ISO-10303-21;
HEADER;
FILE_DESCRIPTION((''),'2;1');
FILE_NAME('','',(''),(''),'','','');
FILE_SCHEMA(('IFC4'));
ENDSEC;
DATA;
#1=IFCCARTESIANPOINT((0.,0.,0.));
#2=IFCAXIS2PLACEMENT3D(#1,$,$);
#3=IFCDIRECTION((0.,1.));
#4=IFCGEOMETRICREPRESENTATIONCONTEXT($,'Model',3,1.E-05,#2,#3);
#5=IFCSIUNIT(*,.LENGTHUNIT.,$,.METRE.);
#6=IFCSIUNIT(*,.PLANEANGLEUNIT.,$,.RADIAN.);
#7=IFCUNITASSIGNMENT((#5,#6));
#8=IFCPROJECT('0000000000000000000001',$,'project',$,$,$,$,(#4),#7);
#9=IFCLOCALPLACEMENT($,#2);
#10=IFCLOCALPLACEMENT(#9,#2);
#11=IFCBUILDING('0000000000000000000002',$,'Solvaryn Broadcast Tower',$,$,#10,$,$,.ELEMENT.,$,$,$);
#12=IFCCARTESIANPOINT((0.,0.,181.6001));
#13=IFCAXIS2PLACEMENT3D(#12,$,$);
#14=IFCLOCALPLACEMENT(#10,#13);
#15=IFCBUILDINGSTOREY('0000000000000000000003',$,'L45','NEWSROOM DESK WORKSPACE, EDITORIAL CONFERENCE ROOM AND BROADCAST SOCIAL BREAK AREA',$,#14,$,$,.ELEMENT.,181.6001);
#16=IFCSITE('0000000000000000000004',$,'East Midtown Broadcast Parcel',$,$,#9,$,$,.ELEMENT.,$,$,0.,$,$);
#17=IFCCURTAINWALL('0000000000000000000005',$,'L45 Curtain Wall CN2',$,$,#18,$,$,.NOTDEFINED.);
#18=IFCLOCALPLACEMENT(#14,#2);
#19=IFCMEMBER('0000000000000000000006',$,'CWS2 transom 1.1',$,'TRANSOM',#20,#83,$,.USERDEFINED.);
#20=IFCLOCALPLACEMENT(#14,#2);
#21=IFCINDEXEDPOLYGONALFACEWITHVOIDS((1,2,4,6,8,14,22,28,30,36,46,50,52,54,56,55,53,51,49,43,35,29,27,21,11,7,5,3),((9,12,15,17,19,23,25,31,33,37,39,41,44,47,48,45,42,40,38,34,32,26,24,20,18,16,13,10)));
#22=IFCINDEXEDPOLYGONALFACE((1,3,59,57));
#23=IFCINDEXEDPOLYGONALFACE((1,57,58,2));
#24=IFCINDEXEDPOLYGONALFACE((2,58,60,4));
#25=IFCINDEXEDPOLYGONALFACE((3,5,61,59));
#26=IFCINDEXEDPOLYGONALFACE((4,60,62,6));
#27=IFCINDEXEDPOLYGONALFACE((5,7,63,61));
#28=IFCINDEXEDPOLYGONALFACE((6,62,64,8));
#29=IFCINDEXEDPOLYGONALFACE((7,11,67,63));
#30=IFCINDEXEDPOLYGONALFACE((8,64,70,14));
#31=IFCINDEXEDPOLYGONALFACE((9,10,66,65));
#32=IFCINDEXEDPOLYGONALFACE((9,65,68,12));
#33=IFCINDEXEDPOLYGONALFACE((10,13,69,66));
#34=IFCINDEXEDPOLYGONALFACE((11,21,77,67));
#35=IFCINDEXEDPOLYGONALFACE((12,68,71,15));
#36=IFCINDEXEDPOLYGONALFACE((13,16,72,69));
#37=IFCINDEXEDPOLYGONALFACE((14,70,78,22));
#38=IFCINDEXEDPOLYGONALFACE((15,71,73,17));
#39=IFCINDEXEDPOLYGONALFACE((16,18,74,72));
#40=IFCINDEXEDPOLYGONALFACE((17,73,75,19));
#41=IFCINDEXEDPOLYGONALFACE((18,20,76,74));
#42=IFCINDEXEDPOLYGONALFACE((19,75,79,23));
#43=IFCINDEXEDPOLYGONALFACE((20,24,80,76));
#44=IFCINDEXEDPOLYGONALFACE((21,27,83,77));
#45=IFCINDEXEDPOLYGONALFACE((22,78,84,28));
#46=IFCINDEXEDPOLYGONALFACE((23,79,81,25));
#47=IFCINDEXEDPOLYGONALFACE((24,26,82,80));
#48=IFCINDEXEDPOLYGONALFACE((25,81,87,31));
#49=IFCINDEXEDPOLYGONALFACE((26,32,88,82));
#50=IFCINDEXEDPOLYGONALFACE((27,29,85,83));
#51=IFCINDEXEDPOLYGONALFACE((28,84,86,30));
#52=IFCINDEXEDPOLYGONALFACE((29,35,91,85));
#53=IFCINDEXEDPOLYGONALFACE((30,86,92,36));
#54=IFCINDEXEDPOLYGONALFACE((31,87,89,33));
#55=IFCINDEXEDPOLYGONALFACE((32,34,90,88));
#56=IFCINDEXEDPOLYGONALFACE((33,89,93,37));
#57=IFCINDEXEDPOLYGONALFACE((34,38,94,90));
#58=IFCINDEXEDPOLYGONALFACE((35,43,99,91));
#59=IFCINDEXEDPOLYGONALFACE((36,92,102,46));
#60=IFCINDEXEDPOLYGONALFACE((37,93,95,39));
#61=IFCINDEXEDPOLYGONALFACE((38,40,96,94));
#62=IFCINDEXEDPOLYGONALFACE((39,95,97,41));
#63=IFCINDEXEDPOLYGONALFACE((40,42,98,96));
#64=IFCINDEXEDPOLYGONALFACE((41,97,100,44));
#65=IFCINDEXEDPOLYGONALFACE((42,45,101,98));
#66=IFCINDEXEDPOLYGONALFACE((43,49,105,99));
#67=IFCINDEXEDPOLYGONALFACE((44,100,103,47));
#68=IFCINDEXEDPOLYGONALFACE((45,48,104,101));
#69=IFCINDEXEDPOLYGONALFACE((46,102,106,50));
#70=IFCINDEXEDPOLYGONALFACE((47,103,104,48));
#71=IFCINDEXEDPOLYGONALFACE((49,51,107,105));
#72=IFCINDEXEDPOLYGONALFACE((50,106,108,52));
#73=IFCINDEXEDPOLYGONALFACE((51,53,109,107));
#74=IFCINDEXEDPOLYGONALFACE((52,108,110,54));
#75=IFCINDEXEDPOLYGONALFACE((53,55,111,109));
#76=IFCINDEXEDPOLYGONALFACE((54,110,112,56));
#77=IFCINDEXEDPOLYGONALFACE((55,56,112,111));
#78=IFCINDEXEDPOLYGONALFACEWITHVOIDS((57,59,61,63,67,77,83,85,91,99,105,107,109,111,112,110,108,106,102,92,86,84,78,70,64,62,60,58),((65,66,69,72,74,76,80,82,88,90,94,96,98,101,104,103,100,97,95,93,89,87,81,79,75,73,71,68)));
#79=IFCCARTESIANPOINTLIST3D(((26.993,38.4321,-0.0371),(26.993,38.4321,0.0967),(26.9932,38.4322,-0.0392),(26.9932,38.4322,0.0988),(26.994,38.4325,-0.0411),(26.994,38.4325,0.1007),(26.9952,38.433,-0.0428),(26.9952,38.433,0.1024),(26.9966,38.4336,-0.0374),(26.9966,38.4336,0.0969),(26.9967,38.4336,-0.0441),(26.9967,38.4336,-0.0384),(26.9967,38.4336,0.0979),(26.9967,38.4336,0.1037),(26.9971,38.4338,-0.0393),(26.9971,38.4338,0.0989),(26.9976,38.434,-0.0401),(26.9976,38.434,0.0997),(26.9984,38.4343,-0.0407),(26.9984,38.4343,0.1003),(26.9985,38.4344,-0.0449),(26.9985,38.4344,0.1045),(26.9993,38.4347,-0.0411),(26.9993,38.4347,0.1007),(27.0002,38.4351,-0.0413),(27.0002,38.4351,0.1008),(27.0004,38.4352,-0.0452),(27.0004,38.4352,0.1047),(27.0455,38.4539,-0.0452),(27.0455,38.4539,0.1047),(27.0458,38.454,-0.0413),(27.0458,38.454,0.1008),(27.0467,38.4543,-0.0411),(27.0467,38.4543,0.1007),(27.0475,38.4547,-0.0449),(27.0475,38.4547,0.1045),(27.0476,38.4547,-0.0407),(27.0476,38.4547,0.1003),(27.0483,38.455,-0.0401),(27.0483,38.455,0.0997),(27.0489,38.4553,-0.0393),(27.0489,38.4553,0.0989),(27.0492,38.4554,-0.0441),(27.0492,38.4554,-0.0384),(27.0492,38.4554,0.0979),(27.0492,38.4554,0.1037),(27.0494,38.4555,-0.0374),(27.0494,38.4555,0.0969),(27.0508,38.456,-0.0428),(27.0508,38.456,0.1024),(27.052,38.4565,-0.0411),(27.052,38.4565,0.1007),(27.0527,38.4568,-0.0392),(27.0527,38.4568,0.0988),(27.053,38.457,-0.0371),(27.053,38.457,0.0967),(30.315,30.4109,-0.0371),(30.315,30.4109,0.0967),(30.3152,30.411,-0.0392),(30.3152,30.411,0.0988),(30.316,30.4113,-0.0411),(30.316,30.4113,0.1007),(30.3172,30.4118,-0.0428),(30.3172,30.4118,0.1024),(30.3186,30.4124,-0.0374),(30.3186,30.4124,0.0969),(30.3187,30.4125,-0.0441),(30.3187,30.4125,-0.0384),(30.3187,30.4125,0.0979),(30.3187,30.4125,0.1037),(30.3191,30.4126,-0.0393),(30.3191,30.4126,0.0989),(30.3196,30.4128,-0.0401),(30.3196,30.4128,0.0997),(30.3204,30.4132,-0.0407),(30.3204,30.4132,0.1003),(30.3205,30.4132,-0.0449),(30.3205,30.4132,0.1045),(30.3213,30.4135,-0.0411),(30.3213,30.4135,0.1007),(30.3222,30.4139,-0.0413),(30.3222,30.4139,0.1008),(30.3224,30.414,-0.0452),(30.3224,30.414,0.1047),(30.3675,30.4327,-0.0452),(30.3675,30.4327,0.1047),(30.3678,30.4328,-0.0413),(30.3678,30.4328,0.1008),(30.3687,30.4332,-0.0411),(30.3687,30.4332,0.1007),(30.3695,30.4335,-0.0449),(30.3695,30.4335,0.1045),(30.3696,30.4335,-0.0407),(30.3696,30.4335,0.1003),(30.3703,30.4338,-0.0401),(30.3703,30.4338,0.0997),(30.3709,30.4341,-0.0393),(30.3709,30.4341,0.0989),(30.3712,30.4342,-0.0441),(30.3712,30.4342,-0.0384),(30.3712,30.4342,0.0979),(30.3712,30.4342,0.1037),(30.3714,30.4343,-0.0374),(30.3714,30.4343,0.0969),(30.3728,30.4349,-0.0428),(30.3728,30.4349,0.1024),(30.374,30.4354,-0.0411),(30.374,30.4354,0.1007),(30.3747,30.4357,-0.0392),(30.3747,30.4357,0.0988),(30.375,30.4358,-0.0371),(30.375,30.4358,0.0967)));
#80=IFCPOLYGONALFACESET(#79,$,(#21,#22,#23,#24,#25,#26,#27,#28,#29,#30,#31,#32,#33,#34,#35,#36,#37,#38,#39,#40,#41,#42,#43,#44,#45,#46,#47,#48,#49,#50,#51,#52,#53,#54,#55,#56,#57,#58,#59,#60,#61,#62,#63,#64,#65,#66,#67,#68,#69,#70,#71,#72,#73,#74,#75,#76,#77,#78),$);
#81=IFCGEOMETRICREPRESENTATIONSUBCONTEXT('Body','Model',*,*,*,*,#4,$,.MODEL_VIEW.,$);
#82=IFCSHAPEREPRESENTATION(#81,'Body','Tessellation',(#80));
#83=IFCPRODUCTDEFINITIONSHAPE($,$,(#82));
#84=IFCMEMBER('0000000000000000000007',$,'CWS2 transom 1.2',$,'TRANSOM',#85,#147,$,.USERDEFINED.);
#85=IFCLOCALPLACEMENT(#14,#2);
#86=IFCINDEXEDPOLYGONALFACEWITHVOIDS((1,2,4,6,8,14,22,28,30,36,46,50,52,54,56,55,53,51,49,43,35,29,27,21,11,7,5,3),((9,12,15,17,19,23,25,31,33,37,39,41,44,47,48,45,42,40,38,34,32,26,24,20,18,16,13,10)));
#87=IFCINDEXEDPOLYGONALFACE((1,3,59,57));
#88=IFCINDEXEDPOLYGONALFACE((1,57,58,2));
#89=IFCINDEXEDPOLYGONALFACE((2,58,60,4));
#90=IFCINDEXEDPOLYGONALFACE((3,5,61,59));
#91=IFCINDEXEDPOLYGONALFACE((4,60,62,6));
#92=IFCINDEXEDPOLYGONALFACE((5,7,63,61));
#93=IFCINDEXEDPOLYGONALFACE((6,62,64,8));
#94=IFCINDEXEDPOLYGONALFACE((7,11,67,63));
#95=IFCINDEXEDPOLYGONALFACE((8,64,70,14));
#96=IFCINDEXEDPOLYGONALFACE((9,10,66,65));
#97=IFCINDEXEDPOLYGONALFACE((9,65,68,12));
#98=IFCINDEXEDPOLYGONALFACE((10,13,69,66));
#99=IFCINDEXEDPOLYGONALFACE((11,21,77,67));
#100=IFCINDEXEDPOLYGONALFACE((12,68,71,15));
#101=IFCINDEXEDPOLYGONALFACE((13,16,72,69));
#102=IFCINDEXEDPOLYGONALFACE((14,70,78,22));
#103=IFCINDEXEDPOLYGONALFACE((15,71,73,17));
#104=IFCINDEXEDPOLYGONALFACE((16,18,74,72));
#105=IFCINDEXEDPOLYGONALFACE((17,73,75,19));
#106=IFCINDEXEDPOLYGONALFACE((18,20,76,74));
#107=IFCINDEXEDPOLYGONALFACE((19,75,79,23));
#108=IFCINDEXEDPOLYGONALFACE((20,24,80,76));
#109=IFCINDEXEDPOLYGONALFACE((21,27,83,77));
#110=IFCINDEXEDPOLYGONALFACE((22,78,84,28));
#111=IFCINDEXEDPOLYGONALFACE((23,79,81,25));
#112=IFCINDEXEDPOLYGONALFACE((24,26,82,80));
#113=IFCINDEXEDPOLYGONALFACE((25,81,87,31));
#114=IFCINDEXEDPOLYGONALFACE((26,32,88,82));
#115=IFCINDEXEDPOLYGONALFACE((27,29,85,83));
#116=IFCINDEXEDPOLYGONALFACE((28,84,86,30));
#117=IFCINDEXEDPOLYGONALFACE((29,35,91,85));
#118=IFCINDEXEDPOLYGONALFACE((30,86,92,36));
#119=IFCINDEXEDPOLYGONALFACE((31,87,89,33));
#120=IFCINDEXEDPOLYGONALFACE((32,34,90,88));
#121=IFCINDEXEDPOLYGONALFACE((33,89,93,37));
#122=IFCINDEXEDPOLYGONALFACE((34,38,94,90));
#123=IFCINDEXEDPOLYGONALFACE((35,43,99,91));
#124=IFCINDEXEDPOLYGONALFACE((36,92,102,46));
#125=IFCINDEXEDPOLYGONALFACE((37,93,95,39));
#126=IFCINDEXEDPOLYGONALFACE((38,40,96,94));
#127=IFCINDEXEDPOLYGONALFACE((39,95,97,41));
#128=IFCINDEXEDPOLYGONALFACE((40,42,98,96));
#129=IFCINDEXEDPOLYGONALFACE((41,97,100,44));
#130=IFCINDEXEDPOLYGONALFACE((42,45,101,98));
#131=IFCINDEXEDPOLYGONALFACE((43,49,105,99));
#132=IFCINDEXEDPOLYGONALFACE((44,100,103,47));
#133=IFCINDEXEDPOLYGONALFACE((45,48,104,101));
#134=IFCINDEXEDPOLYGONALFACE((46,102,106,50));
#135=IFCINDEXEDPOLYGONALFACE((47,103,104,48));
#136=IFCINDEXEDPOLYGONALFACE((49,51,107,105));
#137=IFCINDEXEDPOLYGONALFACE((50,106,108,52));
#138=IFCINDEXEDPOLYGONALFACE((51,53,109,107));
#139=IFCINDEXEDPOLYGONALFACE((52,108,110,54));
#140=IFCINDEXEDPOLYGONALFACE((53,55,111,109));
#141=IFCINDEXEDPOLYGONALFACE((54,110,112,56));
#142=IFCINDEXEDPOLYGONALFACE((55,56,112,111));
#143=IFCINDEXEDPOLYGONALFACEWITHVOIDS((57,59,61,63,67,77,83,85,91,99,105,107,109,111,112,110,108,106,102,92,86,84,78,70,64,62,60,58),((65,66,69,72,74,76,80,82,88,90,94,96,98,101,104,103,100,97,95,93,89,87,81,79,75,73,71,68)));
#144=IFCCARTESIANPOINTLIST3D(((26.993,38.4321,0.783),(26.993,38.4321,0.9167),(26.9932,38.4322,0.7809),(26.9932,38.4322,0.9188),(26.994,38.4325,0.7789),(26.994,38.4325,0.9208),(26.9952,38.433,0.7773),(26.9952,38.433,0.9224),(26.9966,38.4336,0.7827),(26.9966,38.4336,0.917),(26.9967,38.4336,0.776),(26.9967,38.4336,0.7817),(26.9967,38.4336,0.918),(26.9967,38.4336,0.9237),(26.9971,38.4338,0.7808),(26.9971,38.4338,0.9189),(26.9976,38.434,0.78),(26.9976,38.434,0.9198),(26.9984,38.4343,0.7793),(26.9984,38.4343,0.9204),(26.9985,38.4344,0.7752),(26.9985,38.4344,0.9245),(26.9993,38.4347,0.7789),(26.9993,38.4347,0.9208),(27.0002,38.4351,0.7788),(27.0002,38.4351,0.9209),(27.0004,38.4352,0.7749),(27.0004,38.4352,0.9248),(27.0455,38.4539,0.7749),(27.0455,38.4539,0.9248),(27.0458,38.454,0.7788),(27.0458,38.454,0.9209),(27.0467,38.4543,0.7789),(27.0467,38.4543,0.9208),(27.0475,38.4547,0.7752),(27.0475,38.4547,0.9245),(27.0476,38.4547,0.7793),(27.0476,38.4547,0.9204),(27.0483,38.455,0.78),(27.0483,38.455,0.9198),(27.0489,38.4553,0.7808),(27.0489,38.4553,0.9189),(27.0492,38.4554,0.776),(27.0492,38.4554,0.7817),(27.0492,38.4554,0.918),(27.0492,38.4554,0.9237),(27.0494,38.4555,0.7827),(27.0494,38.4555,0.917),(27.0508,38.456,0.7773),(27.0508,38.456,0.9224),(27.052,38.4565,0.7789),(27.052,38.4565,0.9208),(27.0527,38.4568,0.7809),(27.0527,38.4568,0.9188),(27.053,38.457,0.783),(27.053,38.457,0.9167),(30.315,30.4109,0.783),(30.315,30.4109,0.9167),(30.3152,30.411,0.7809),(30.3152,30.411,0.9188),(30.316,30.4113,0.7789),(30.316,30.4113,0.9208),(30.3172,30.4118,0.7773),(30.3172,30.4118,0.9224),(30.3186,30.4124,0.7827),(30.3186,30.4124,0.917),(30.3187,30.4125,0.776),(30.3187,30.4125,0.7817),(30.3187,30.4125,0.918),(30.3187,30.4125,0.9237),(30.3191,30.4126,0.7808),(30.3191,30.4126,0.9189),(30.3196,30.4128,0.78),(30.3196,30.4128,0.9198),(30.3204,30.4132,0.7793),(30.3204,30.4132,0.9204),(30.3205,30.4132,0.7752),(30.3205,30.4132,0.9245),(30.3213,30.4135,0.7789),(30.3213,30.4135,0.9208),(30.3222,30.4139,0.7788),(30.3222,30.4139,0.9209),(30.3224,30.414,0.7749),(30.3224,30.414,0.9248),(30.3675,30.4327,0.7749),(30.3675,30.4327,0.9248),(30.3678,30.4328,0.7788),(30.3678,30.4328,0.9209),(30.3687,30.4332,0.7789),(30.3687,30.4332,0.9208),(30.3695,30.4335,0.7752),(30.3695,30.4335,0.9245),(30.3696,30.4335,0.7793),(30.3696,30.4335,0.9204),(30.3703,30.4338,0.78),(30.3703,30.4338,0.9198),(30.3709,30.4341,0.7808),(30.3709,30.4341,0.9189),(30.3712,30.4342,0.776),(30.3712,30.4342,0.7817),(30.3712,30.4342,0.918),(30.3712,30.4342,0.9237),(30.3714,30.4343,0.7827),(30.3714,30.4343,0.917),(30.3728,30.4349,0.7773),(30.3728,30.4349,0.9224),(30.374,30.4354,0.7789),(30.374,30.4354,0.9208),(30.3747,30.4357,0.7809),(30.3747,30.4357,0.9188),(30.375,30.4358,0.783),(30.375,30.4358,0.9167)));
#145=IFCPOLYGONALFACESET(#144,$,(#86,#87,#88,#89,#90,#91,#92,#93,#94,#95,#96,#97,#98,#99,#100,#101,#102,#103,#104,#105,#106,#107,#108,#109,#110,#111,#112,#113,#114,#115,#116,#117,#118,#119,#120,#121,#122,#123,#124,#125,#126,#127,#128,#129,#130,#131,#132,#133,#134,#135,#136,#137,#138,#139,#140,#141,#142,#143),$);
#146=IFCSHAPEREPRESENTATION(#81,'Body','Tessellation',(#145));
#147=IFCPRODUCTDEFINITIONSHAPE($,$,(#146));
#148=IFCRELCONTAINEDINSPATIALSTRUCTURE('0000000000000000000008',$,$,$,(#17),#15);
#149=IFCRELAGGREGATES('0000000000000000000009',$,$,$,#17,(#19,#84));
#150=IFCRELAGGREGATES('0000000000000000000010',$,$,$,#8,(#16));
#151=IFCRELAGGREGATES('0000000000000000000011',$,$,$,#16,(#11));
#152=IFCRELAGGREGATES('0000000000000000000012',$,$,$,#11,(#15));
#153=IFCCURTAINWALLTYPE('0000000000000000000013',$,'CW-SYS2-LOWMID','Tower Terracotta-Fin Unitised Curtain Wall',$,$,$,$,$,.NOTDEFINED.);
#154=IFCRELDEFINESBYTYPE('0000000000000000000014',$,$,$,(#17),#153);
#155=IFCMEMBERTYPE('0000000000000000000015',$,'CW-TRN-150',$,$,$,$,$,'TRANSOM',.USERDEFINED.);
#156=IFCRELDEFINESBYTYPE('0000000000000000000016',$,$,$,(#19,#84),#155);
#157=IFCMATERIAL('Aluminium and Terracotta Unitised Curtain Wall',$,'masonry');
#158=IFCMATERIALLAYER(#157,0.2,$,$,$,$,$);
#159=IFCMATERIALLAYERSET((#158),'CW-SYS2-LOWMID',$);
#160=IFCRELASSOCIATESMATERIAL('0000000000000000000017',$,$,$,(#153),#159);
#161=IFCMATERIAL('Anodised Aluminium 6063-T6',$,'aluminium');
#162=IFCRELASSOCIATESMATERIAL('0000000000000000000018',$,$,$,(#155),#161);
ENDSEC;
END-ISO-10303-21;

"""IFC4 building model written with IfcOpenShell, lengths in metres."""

from ifc_helpers import new_model, si_unit, direction, frame, origin, origin_2d, place, context, subcontext, project, spatial, hollow_rectangle, extrude, material, layer, layer_set, material_profile, profile_set, type_object, element, aggregate, save


model = new_model("IFC4")

# Units and contexts
model_context = context("Model", 3, precision=1e-05, world=origin(), true_north=direction((0.0, 1.0)))
body_context = subcontext(model_context, "Body", "Model", "MODEL_VIEW")
ifc_project = project(units=[si_unit("LENGTHUNIT", "METRE"), si_unit("PLANEANGLEUNIT", "RADIAN")], contexts=[model_context])

# Site, building, storey
site_placement = place(None, origin())
site = spatial("IfcSite", under=ifc_project, at=site_placement, Name="East Midtown Broadcast Parcel", CompositionType="ELEMENT", RefElevation=0.0)
building_placement = place(site_placement, origin())
building = spatial("IfcBuilding", under=site, at=building_placement, Name="Solvaryn Broadcast Tower", CompositionType="ELEMENT")
storey_placement = place(building_placement, frame((0.0, 0.0, 181.6001)))
storey = spatial("IfcBuildingStorey", under=building, at=storey_placement, Name="L45", Description="NEWSROOM DESK WORKSPACE, EDITORIAL CONFERENCE ROOM AND BROADCAST SOCIAL BREAK AREA", CompositionType="ELEMENT", Elevation=181.6001)

# Shared definitions
ifc_material_1 = material(Name="Aluminium and Terracotta Unitised Curtain Wall", Category="masonry")
ifc_layer_1 = layer(ifc_material_1, 0.2)
ifc_layer_set_1 = layer_set([ifc_layer_1], Name="CW-SYS2-LOWMID")
curtain_wall_type = type_object("IfcCurtainWallType", Name="CW-SYS2-LOWMID", Description="Tower Terracotta-Fin Unitised Curtain Wall", PredefinedType="NOTDEFINED", material=ifc_layer_set_1)

# Curtain wall, members
curtain_wall_1_placement = place(storey_placement, origin())
curtain_wall_1 = element("IfcCurtainWall", 1, at=curtain_wall_1_placement, inside=storey, type_object=curtain_wall_type, Name="L45 Curtain Wall CN2", PredefinedType="NOTDEFINED")
ifc_material_2 = material(Name="Anodised Aluminium 6063-T6", Category="aluminium")
ifc_material_profile_1 = material_profile(ifc_material_2, hollow_rectangle(XDim=0.0649, YDim=0.1499, WallThickness=0.0039, InnerFilletRadius=0.0039, OuterFilletRadius=0.0081, at=origin_2d()))
ifc_profile_set_1 = profile_set([ifc_material_profile_1], Name="Anodised Aluminium 6063-T6")
member_type_1 = type_object("IfcMemberType", Name="CW-TRN-150", ElementType="TRANSOM", PredefinedType="USERDEFINED", material=ifc_profile_set_1)
member_1_placement = place(storey_placement, frame((30.345, 30.4233, 0.0298), z_axis=(-0.382636, 0.923899, 0.0), x_axis=(-0.923899, -0.382636, 0.0)))
member_1 = element("IfcMember", 2, at=member_1_placement, type_object=member_type_1, Name="CWS2 transom 1.1", ObjectType="TRANSOM", PredefinedType="USERDEFINED", context=body_context, shape_type="SweptSolid", body=[
    extrude(hollow_rectangle(XDim=0.0649, YDim=0.1499, WallThickness=0.0039, InnerFilletRadius=0.0039, OuterFilletRadius=0.0081, at=origin_2d()), origin(), (0.0, 0.0, 1.0), 8.6819),
])
member_2_placement = place(storey_placement, frame((30.345, 30.4233, 0.8499), z_axis=(-0.382636, 0.923899, 0.0), x_axis=(-0.923899, -0.382636, 0.0)))
member_2 = element("IfcMember", 3, at=member_2_placement, type_object=member_type_1, Name="CWS2 transom 1.2", ObjectType="TRANSOM", PredefinedType="USERDEFINED", context=body_context, shape_type="SweptSolid", body=[
    extrude(hollow_rectangle(XDim=0.0649, YDim=0.1499, WallThickness=0.0039, InnerFilletRadius=0.0039, OuterFilletRadius=0.0081, at=origin_2d()), origin(), (0.0, 0.0, 1.0), 8.6819),
])

aggregate(curtain_wall_1, [member_1, member_2])

save(model, "model.ifc")
